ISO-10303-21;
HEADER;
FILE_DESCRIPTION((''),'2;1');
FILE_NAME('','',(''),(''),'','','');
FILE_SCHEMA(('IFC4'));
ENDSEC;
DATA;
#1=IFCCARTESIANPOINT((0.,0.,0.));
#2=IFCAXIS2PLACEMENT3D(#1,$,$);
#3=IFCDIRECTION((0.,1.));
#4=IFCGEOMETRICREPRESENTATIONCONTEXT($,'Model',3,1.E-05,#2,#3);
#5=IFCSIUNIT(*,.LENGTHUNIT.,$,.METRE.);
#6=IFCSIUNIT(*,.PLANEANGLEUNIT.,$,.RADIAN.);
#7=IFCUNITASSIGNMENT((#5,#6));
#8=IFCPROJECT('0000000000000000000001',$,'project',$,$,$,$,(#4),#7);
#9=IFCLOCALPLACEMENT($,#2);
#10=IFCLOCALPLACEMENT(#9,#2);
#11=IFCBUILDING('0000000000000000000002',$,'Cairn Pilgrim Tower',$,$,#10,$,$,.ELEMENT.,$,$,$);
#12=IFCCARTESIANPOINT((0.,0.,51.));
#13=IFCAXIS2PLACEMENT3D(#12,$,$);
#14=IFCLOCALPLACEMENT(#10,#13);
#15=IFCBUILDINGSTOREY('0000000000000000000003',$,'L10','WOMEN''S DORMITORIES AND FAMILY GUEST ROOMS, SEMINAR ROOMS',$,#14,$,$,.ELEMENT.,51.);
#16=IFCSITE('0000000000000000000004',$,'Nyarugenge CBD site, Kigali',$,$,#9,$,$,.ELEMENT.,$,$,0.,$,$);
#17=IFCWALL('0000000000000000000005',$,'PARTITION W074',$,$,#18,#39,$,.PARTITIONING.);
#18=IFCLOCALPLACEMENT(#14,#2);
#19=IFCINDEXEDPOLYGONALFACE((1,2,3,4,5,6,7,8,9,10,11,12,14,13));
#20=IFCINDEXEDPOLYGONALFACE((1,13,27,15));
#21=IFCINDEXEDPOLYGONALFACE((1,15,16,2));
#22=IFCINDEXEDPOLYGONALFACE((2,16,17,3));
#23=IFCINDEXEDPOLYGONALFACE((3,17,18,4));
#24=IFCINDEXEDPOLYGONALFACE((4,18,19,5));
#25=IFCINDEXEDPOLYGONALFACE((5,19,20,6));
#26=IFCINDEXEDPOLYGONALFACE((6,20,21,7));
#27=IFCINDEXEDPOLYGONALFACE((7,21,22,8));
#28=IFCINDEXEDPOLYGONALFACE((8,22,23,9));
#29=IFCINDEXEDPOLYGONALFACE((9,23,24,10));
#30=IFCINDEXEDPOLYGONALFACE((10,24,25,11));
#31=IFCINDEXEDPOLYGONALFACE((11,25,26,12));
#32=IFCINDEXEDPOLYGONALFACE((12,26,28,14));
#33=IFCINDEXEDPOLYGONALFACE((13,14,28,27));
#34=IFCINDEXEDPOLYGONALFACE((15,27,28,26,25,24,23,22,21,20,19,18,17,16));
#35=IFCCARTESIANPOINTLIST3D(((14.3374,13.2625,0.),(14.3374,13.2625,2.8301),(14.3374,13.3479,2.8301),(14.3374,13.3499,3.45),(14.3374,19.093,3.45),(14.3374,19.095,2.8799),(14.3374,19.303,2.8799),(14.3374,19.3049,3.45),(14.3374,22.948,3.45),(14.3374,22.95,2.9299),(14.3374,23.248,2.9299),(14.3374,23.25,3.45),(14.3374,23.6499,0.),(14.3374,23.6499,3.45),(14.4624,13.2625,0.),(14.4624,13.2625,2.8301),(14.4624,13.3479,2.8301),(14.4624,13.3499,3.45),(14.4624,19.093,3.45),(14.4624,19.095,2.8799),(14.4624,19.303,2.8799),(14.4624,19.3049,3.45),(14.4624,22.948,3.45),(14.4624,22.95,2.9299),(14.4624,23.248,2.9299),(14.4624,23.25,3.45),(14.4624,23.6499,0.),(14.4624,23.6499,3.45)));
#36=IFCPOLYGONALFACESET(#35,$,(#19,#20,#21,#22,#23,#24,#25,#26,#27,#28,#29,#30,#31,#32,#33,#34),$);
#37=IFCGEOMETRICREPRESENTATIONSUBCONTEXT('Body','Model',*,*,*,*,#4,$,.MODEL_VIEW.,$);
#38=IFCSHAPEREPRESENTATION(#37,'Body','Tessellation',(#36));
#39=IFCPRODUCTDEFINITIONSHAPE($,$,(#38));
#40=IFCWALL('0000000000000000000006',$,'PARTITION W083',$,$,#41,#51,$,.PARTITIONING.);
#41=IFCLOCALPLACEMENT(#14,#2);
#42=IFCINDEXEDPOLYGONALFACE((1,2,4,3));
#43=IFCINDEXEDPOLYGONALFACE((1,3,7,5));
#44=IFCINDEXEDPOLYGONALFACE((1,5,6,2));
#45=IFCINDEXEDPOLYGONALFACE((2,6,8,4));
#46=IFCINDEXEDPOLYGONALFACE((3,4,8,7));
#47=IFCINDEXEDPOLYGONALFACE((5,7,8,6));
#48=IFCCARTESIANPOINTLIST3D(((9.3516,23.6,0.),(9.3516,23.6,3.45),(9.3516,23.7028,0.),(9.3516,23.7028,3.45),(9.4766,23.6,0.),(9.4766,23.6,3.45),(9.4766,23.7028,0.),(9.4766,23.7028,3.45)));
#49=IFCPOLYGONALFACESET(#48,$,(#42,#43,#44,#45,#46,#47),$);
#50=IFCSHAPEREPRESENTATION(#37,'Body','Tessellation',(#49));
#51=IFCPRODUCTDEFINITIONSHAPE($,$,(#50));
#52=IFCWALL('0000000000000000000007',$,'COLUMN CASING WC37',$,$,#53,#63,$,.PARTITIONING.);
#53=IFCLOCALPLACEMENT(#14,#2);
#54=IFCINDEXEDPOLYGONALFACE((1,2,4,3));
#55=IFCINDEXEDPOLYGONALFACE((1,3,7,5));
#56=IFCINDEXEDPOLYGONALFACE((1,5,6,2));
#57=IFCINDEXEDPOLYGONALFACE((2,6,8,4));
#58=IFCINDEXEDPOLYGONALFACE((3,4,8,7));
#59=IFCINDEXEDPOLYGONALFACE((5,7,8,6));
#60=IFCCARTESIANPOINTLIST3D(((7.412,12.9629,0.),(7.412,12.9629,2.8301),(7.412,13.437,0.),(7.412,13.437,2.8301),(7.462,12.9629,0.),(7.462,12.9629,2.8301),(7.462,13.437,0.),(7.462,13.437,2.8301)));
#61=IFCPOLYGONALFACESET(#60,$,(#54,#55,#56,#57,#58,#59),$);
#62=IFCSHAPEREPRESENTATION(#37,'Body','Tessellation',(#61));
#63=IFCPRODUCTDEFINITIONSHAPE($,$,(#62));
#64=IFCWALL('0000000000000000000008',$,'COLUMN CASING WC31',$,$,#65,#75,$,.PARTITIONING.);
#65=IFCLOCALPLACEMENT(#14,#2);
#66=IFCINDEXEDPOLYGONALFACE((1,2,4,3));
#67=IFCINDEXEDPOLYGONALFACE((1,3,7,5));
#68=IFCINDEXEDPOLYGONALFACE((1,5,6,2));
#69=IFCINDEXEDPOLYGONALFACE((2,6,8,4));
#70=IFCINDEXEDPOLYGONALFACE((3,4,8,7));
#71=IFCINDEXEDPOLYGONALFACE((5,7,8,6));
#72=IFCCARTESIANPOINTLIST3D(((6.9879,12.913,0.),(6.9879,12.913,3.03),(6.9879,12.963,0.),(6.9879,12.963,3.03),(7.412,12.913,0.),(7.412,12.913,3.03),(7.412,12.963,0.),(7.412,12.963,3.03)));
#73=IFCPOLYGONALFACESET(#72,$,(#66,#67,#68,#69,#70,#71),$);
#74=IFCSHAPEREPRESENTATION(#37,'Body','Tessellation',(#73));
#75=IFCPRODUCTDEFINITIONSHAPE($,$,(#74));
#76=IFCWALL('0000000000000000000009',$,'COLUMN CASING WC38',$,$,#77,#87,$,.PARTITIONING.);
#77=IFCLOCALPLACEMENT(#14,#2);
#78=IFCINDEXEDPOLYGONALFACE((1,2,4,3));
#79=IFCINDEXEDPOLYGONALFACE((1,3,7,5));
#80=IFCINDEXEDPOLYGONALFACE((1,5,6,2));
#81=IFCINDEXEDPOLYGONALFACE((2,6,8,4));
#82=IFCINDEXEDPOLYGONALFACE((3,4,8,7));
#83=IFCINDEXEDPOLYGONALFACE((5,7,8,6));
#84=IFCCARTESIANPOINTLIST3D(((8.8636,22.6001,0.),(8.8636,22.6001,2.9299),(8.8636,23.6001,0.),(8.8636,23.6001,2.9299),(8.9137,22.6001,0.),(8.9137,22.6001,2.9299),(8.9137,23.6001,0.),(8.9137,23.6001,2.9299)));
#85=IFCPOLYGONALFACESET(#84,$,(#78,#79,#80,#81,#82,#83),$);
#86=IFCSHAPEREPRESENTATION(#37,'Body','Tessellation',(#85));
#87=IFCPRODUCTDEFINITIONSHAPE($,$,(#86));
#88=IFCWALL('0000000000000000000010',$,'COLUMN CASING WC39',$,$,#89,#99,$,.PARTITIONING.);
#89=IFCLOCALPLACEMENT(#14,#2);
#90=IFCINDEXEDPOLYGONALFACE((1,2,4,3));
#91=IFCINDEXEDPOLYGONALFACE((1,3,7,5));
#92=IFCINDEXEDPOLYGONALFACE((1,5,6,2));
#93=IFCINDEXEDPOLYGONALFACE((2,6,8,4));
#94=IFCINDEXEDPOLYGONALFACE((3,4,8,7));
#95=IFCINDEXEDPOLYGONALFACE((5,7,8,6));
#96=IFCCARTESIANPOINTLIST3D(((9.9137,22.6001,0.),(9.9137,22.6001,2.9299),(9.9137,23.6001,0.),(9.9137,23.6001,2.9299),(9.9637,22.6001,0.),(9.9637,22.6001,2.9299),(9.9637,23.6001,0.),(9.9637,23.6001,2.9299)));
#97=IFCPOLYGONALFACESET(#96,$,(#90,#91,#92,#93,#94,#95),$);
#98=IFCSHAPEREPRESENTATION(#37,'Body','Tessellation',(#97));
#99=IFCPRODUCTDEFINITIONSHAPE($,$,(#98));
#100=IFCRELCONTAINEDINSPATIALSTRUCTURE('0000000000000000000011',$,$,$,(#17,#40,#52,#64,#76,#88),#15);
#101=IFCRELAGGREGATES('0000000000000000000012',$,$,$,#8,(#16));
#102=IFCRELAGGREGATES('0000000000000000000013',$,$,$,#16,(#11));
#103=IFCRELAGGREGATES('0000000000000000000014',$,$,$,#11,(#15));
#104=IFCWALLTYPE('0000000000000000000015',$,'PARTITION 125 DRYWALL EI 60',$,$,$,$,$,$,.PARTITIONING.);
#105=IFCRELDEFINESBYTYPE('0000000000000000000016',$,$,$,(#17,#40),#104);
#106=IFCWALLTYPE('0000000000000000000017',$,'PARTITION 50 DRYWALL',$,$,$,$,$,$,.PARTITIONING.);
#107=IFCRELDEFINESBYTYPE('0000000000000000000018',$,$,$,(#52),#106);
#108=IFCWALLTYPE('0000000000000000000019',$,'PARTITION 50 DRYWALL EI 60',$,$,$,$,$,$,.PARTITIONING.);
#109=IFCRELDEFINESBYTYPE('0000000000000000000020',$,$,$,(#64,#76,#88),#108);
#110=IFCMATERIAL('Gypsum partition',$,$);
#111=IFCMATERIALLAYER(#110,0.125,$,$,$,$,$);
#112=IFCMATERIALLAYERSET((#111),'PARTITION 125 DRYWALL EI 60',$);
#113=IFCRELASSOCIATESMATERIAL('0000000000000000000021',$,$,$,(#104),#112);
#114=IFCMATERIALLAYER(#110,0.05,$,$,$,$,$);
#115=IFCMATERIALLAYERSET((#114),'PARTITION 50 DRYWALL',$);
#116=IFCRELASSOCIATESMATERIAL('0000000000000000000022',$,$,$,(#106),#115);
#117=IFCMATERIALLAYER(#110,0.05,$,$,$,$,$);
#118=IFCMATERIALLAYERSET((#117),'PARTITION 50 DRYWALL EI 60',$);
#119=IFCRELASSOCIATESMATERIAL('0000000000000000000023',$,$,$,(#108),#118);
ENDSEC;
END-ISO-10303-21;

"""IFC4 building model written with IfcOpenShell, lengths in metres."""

from ifc_helpers import new_model, si_unit, direction, frame, frame_2d, origin, place, context, subcontext, project, spatial, polyline, rectangle, outline, extrude, material, layer, layer_set, type_object, element, save


model = new_model("IFC4")

# Units and contexts
model_context = context("Model", 3, precision=1e-05, world=origin(), true_north=direction((0.0, 1.0)))
body_context = subcontext(model_context, "Body", "Model", "MODEL_VIEW")
ifc_project = project(units=[si_unit("LENGTHUNIT", "METRE"), si_unit("PLANEANGLEUNIT", "RADIAN")], contexts=[model_context])

# Site, building, storey
site_placement = place(None, origin())
site = spatial("IfcSite", under=ifc_project, at=site_placement, Name="Nyarugenge CBD site, Kigali", CompositionType="ELEMENT", RefElevation=0.0)
building_placement = place(site_placement, origin())
building = spatial("IfcBuilding", under=site, at=building_placement, Name="Cairn Pilgrim Tower", CompositionType="ELEMENT")
storey_placement = place(building_placement, frame((0.0, 0.0, 51.0)))
storey = spatial("IfcBuildingStorey", under=building, at=storey_placement, Name="L10", Description="WOMEN'S DORMITORIES AND FAMILY GUEST ROOMS, SEMINAR ROOMS", CompositionType="ELEMENT", Elevation=51.0)

# Shared definitions
ifc_material_1 = material(Name="Gypsum partition")

# Shared definitions
ifc_layer_1 = layer(ifc_material_1, 0.125)
ifc_layer_set_1 = layer_set([ifc_layer_1], Name="PARTITION 125 DRYWALL EI 60")
wall_type_1 = type_object("IfcWallType", Name="PARTITION 125 DRYWALL EI 60", PredefinedType="PARTITIONING", material=ifc_layer_set_1)

# Walls
wall_1_placement = place(storey_placement, frame((14.3999, 13.2625, 0.0), z_axis=(0.0, 0.0, 1.0), x_axis=(0.0, 1.0, 0.0)))
element("IfcWall", 1, at=wall_1_placement, inside=storey, type_object=wall_type_1, Name="PARTITION W074", PredefinedType="PARTITIONING", context=body_context, shape_type="SweptSolid", body=[
    extrude(outline(polyline([(0.0, 0.0), (10.3875, 0.0), (10.3875, 3.45), (9.9875, 3.45), (9.9856, 2.9299), (9.6875, 2.9299), (9.6855, 3.45), (6.0425, 3.45), (6.0405, 2.8799), (5.8325, 2.8799), (5.8306, 3.45), (0.0874, 3.45), (0.0854, 2.8301), (0.0, 2.8301), (0.0, 0.0)])), frame((0.0, 0.0625, 0.0), z_axis=(0.0, -1.0, 0.0), x_axis=(1.0, 0.0, 0.0)), (0.0, 0.0, 1.0), 0.125),
])
wall_2_placement = place(storey_placement, frame((9.4141, 23.6001, 0.0), z_axis=(0.0, 0.0, 1.0), x_axis=(0.0, 1.0, 0.0)))
element("IfcWall", 2, at=wall_2_placement, inside=storey, type_object=wall_type_1, Name="PARTITION W083", PredefinedType="PARTITIONING", context=body_context, shape_type="SweptSolid", body=[
    extrude(rectangle(XDim=0.1028, YDim=0.125, at=frame_2d((0.0513, 0.0))), origin(), (0.0, 0.0, 1.0), 3.45),
])
ifc_layer_2 = layer(ifc_material_1, 0.05)
ifc_layer_set_2 = layer_set([ifc_layer_2], Name="PARTITION 50 DRYWALL")
wall_type_2 = type_object("IfcWallType", Name="PARTITION 50 DRYWALL", PredefinedType="PARTITIONING", material=ifc_layer_set_2)
wall_3_placement = place(storey_placement, frame((7.437, 12.9629, 0.0), z_axis=(0.0, 0.0, 1.0), x_axis=(0.0, 1.0, 0.0)))
element("IfcWall", 3, at=wall_3_placement, inside=storey, type_object=wall_type_2, Name="COLUMN CASING WC37", PredefinedType="PARTITIONING", context=body_context, shape_type="SweptSolid", body=[
    extrude(rectangle(XDim=0.4741, YDim=0.05, at=frame_2d((0.2371, 0.0))), origin(), (0.0, 0.0, 1.0), 2.8301),
])
ifc_layer_3 = layer(ifc_material_1, 0.05)
ifc_layer_set_3 = layer_set([ifc_layer_3], Name="PARTITION 50 DRYWALL EI 60")
wall_type_3 = type_object("IfcWallType", Name="PARTITION 50 DRYWALL EI 60", PredefinedType="PARTITIONING", material=ifc_layer_set_3)
wall_4_placement = place(storey_placement, frame((6.988, 12.938, 0.0), z_axis=(0.0, 0.0, 1.0), x_axis=(1.0, 0.0, 0.0)))
element("IfcWall", 4, at=wall_4_placement, inside=storey, type_object=wall_type_3, Name="COLUMN CASING WC31", PredefinedType="PARTITIONING", context=body_context, shape_type="SweptSolid", body=[
    extrude(rectangle(XDim=0.4241, YDim=0.05, at=frame_2d((0.2119, 0.0))), origin(), (0.0, 0.0, 1.0), 3.03),
])
for number, where, z_axis, x_axis, name in (
    (5, (8.8887, 22.6001, 0.0), (0.0, 0.0, 1.0), (0.0, 1.0, 0.0), "COLUMN CASING WC38"),
    (6, (9.9387, 22.6001, 0.0), (0.0, 0.0, 1.0), (0.0, 1.0, 0.0), "COLUMN CASING WC39"),
):
    element("IfcWall", number, at=place(storey_placement, frame(where, z_axis=z_axis, x_axis=x_axis)), inside=storey, type_object=wall_type_3, Name=name, PredefinedType="PARTITIONING", context=body_context, shape_type="SweptSolid", body=[
        extrude(rectangle(XDim=1.0, YDim=0.05, at=frame_2d((0.5, 0.0))), origin(), (0.0, 0.0, 1.0), 2.9299),
    ])

save(model, "model.ifc")
